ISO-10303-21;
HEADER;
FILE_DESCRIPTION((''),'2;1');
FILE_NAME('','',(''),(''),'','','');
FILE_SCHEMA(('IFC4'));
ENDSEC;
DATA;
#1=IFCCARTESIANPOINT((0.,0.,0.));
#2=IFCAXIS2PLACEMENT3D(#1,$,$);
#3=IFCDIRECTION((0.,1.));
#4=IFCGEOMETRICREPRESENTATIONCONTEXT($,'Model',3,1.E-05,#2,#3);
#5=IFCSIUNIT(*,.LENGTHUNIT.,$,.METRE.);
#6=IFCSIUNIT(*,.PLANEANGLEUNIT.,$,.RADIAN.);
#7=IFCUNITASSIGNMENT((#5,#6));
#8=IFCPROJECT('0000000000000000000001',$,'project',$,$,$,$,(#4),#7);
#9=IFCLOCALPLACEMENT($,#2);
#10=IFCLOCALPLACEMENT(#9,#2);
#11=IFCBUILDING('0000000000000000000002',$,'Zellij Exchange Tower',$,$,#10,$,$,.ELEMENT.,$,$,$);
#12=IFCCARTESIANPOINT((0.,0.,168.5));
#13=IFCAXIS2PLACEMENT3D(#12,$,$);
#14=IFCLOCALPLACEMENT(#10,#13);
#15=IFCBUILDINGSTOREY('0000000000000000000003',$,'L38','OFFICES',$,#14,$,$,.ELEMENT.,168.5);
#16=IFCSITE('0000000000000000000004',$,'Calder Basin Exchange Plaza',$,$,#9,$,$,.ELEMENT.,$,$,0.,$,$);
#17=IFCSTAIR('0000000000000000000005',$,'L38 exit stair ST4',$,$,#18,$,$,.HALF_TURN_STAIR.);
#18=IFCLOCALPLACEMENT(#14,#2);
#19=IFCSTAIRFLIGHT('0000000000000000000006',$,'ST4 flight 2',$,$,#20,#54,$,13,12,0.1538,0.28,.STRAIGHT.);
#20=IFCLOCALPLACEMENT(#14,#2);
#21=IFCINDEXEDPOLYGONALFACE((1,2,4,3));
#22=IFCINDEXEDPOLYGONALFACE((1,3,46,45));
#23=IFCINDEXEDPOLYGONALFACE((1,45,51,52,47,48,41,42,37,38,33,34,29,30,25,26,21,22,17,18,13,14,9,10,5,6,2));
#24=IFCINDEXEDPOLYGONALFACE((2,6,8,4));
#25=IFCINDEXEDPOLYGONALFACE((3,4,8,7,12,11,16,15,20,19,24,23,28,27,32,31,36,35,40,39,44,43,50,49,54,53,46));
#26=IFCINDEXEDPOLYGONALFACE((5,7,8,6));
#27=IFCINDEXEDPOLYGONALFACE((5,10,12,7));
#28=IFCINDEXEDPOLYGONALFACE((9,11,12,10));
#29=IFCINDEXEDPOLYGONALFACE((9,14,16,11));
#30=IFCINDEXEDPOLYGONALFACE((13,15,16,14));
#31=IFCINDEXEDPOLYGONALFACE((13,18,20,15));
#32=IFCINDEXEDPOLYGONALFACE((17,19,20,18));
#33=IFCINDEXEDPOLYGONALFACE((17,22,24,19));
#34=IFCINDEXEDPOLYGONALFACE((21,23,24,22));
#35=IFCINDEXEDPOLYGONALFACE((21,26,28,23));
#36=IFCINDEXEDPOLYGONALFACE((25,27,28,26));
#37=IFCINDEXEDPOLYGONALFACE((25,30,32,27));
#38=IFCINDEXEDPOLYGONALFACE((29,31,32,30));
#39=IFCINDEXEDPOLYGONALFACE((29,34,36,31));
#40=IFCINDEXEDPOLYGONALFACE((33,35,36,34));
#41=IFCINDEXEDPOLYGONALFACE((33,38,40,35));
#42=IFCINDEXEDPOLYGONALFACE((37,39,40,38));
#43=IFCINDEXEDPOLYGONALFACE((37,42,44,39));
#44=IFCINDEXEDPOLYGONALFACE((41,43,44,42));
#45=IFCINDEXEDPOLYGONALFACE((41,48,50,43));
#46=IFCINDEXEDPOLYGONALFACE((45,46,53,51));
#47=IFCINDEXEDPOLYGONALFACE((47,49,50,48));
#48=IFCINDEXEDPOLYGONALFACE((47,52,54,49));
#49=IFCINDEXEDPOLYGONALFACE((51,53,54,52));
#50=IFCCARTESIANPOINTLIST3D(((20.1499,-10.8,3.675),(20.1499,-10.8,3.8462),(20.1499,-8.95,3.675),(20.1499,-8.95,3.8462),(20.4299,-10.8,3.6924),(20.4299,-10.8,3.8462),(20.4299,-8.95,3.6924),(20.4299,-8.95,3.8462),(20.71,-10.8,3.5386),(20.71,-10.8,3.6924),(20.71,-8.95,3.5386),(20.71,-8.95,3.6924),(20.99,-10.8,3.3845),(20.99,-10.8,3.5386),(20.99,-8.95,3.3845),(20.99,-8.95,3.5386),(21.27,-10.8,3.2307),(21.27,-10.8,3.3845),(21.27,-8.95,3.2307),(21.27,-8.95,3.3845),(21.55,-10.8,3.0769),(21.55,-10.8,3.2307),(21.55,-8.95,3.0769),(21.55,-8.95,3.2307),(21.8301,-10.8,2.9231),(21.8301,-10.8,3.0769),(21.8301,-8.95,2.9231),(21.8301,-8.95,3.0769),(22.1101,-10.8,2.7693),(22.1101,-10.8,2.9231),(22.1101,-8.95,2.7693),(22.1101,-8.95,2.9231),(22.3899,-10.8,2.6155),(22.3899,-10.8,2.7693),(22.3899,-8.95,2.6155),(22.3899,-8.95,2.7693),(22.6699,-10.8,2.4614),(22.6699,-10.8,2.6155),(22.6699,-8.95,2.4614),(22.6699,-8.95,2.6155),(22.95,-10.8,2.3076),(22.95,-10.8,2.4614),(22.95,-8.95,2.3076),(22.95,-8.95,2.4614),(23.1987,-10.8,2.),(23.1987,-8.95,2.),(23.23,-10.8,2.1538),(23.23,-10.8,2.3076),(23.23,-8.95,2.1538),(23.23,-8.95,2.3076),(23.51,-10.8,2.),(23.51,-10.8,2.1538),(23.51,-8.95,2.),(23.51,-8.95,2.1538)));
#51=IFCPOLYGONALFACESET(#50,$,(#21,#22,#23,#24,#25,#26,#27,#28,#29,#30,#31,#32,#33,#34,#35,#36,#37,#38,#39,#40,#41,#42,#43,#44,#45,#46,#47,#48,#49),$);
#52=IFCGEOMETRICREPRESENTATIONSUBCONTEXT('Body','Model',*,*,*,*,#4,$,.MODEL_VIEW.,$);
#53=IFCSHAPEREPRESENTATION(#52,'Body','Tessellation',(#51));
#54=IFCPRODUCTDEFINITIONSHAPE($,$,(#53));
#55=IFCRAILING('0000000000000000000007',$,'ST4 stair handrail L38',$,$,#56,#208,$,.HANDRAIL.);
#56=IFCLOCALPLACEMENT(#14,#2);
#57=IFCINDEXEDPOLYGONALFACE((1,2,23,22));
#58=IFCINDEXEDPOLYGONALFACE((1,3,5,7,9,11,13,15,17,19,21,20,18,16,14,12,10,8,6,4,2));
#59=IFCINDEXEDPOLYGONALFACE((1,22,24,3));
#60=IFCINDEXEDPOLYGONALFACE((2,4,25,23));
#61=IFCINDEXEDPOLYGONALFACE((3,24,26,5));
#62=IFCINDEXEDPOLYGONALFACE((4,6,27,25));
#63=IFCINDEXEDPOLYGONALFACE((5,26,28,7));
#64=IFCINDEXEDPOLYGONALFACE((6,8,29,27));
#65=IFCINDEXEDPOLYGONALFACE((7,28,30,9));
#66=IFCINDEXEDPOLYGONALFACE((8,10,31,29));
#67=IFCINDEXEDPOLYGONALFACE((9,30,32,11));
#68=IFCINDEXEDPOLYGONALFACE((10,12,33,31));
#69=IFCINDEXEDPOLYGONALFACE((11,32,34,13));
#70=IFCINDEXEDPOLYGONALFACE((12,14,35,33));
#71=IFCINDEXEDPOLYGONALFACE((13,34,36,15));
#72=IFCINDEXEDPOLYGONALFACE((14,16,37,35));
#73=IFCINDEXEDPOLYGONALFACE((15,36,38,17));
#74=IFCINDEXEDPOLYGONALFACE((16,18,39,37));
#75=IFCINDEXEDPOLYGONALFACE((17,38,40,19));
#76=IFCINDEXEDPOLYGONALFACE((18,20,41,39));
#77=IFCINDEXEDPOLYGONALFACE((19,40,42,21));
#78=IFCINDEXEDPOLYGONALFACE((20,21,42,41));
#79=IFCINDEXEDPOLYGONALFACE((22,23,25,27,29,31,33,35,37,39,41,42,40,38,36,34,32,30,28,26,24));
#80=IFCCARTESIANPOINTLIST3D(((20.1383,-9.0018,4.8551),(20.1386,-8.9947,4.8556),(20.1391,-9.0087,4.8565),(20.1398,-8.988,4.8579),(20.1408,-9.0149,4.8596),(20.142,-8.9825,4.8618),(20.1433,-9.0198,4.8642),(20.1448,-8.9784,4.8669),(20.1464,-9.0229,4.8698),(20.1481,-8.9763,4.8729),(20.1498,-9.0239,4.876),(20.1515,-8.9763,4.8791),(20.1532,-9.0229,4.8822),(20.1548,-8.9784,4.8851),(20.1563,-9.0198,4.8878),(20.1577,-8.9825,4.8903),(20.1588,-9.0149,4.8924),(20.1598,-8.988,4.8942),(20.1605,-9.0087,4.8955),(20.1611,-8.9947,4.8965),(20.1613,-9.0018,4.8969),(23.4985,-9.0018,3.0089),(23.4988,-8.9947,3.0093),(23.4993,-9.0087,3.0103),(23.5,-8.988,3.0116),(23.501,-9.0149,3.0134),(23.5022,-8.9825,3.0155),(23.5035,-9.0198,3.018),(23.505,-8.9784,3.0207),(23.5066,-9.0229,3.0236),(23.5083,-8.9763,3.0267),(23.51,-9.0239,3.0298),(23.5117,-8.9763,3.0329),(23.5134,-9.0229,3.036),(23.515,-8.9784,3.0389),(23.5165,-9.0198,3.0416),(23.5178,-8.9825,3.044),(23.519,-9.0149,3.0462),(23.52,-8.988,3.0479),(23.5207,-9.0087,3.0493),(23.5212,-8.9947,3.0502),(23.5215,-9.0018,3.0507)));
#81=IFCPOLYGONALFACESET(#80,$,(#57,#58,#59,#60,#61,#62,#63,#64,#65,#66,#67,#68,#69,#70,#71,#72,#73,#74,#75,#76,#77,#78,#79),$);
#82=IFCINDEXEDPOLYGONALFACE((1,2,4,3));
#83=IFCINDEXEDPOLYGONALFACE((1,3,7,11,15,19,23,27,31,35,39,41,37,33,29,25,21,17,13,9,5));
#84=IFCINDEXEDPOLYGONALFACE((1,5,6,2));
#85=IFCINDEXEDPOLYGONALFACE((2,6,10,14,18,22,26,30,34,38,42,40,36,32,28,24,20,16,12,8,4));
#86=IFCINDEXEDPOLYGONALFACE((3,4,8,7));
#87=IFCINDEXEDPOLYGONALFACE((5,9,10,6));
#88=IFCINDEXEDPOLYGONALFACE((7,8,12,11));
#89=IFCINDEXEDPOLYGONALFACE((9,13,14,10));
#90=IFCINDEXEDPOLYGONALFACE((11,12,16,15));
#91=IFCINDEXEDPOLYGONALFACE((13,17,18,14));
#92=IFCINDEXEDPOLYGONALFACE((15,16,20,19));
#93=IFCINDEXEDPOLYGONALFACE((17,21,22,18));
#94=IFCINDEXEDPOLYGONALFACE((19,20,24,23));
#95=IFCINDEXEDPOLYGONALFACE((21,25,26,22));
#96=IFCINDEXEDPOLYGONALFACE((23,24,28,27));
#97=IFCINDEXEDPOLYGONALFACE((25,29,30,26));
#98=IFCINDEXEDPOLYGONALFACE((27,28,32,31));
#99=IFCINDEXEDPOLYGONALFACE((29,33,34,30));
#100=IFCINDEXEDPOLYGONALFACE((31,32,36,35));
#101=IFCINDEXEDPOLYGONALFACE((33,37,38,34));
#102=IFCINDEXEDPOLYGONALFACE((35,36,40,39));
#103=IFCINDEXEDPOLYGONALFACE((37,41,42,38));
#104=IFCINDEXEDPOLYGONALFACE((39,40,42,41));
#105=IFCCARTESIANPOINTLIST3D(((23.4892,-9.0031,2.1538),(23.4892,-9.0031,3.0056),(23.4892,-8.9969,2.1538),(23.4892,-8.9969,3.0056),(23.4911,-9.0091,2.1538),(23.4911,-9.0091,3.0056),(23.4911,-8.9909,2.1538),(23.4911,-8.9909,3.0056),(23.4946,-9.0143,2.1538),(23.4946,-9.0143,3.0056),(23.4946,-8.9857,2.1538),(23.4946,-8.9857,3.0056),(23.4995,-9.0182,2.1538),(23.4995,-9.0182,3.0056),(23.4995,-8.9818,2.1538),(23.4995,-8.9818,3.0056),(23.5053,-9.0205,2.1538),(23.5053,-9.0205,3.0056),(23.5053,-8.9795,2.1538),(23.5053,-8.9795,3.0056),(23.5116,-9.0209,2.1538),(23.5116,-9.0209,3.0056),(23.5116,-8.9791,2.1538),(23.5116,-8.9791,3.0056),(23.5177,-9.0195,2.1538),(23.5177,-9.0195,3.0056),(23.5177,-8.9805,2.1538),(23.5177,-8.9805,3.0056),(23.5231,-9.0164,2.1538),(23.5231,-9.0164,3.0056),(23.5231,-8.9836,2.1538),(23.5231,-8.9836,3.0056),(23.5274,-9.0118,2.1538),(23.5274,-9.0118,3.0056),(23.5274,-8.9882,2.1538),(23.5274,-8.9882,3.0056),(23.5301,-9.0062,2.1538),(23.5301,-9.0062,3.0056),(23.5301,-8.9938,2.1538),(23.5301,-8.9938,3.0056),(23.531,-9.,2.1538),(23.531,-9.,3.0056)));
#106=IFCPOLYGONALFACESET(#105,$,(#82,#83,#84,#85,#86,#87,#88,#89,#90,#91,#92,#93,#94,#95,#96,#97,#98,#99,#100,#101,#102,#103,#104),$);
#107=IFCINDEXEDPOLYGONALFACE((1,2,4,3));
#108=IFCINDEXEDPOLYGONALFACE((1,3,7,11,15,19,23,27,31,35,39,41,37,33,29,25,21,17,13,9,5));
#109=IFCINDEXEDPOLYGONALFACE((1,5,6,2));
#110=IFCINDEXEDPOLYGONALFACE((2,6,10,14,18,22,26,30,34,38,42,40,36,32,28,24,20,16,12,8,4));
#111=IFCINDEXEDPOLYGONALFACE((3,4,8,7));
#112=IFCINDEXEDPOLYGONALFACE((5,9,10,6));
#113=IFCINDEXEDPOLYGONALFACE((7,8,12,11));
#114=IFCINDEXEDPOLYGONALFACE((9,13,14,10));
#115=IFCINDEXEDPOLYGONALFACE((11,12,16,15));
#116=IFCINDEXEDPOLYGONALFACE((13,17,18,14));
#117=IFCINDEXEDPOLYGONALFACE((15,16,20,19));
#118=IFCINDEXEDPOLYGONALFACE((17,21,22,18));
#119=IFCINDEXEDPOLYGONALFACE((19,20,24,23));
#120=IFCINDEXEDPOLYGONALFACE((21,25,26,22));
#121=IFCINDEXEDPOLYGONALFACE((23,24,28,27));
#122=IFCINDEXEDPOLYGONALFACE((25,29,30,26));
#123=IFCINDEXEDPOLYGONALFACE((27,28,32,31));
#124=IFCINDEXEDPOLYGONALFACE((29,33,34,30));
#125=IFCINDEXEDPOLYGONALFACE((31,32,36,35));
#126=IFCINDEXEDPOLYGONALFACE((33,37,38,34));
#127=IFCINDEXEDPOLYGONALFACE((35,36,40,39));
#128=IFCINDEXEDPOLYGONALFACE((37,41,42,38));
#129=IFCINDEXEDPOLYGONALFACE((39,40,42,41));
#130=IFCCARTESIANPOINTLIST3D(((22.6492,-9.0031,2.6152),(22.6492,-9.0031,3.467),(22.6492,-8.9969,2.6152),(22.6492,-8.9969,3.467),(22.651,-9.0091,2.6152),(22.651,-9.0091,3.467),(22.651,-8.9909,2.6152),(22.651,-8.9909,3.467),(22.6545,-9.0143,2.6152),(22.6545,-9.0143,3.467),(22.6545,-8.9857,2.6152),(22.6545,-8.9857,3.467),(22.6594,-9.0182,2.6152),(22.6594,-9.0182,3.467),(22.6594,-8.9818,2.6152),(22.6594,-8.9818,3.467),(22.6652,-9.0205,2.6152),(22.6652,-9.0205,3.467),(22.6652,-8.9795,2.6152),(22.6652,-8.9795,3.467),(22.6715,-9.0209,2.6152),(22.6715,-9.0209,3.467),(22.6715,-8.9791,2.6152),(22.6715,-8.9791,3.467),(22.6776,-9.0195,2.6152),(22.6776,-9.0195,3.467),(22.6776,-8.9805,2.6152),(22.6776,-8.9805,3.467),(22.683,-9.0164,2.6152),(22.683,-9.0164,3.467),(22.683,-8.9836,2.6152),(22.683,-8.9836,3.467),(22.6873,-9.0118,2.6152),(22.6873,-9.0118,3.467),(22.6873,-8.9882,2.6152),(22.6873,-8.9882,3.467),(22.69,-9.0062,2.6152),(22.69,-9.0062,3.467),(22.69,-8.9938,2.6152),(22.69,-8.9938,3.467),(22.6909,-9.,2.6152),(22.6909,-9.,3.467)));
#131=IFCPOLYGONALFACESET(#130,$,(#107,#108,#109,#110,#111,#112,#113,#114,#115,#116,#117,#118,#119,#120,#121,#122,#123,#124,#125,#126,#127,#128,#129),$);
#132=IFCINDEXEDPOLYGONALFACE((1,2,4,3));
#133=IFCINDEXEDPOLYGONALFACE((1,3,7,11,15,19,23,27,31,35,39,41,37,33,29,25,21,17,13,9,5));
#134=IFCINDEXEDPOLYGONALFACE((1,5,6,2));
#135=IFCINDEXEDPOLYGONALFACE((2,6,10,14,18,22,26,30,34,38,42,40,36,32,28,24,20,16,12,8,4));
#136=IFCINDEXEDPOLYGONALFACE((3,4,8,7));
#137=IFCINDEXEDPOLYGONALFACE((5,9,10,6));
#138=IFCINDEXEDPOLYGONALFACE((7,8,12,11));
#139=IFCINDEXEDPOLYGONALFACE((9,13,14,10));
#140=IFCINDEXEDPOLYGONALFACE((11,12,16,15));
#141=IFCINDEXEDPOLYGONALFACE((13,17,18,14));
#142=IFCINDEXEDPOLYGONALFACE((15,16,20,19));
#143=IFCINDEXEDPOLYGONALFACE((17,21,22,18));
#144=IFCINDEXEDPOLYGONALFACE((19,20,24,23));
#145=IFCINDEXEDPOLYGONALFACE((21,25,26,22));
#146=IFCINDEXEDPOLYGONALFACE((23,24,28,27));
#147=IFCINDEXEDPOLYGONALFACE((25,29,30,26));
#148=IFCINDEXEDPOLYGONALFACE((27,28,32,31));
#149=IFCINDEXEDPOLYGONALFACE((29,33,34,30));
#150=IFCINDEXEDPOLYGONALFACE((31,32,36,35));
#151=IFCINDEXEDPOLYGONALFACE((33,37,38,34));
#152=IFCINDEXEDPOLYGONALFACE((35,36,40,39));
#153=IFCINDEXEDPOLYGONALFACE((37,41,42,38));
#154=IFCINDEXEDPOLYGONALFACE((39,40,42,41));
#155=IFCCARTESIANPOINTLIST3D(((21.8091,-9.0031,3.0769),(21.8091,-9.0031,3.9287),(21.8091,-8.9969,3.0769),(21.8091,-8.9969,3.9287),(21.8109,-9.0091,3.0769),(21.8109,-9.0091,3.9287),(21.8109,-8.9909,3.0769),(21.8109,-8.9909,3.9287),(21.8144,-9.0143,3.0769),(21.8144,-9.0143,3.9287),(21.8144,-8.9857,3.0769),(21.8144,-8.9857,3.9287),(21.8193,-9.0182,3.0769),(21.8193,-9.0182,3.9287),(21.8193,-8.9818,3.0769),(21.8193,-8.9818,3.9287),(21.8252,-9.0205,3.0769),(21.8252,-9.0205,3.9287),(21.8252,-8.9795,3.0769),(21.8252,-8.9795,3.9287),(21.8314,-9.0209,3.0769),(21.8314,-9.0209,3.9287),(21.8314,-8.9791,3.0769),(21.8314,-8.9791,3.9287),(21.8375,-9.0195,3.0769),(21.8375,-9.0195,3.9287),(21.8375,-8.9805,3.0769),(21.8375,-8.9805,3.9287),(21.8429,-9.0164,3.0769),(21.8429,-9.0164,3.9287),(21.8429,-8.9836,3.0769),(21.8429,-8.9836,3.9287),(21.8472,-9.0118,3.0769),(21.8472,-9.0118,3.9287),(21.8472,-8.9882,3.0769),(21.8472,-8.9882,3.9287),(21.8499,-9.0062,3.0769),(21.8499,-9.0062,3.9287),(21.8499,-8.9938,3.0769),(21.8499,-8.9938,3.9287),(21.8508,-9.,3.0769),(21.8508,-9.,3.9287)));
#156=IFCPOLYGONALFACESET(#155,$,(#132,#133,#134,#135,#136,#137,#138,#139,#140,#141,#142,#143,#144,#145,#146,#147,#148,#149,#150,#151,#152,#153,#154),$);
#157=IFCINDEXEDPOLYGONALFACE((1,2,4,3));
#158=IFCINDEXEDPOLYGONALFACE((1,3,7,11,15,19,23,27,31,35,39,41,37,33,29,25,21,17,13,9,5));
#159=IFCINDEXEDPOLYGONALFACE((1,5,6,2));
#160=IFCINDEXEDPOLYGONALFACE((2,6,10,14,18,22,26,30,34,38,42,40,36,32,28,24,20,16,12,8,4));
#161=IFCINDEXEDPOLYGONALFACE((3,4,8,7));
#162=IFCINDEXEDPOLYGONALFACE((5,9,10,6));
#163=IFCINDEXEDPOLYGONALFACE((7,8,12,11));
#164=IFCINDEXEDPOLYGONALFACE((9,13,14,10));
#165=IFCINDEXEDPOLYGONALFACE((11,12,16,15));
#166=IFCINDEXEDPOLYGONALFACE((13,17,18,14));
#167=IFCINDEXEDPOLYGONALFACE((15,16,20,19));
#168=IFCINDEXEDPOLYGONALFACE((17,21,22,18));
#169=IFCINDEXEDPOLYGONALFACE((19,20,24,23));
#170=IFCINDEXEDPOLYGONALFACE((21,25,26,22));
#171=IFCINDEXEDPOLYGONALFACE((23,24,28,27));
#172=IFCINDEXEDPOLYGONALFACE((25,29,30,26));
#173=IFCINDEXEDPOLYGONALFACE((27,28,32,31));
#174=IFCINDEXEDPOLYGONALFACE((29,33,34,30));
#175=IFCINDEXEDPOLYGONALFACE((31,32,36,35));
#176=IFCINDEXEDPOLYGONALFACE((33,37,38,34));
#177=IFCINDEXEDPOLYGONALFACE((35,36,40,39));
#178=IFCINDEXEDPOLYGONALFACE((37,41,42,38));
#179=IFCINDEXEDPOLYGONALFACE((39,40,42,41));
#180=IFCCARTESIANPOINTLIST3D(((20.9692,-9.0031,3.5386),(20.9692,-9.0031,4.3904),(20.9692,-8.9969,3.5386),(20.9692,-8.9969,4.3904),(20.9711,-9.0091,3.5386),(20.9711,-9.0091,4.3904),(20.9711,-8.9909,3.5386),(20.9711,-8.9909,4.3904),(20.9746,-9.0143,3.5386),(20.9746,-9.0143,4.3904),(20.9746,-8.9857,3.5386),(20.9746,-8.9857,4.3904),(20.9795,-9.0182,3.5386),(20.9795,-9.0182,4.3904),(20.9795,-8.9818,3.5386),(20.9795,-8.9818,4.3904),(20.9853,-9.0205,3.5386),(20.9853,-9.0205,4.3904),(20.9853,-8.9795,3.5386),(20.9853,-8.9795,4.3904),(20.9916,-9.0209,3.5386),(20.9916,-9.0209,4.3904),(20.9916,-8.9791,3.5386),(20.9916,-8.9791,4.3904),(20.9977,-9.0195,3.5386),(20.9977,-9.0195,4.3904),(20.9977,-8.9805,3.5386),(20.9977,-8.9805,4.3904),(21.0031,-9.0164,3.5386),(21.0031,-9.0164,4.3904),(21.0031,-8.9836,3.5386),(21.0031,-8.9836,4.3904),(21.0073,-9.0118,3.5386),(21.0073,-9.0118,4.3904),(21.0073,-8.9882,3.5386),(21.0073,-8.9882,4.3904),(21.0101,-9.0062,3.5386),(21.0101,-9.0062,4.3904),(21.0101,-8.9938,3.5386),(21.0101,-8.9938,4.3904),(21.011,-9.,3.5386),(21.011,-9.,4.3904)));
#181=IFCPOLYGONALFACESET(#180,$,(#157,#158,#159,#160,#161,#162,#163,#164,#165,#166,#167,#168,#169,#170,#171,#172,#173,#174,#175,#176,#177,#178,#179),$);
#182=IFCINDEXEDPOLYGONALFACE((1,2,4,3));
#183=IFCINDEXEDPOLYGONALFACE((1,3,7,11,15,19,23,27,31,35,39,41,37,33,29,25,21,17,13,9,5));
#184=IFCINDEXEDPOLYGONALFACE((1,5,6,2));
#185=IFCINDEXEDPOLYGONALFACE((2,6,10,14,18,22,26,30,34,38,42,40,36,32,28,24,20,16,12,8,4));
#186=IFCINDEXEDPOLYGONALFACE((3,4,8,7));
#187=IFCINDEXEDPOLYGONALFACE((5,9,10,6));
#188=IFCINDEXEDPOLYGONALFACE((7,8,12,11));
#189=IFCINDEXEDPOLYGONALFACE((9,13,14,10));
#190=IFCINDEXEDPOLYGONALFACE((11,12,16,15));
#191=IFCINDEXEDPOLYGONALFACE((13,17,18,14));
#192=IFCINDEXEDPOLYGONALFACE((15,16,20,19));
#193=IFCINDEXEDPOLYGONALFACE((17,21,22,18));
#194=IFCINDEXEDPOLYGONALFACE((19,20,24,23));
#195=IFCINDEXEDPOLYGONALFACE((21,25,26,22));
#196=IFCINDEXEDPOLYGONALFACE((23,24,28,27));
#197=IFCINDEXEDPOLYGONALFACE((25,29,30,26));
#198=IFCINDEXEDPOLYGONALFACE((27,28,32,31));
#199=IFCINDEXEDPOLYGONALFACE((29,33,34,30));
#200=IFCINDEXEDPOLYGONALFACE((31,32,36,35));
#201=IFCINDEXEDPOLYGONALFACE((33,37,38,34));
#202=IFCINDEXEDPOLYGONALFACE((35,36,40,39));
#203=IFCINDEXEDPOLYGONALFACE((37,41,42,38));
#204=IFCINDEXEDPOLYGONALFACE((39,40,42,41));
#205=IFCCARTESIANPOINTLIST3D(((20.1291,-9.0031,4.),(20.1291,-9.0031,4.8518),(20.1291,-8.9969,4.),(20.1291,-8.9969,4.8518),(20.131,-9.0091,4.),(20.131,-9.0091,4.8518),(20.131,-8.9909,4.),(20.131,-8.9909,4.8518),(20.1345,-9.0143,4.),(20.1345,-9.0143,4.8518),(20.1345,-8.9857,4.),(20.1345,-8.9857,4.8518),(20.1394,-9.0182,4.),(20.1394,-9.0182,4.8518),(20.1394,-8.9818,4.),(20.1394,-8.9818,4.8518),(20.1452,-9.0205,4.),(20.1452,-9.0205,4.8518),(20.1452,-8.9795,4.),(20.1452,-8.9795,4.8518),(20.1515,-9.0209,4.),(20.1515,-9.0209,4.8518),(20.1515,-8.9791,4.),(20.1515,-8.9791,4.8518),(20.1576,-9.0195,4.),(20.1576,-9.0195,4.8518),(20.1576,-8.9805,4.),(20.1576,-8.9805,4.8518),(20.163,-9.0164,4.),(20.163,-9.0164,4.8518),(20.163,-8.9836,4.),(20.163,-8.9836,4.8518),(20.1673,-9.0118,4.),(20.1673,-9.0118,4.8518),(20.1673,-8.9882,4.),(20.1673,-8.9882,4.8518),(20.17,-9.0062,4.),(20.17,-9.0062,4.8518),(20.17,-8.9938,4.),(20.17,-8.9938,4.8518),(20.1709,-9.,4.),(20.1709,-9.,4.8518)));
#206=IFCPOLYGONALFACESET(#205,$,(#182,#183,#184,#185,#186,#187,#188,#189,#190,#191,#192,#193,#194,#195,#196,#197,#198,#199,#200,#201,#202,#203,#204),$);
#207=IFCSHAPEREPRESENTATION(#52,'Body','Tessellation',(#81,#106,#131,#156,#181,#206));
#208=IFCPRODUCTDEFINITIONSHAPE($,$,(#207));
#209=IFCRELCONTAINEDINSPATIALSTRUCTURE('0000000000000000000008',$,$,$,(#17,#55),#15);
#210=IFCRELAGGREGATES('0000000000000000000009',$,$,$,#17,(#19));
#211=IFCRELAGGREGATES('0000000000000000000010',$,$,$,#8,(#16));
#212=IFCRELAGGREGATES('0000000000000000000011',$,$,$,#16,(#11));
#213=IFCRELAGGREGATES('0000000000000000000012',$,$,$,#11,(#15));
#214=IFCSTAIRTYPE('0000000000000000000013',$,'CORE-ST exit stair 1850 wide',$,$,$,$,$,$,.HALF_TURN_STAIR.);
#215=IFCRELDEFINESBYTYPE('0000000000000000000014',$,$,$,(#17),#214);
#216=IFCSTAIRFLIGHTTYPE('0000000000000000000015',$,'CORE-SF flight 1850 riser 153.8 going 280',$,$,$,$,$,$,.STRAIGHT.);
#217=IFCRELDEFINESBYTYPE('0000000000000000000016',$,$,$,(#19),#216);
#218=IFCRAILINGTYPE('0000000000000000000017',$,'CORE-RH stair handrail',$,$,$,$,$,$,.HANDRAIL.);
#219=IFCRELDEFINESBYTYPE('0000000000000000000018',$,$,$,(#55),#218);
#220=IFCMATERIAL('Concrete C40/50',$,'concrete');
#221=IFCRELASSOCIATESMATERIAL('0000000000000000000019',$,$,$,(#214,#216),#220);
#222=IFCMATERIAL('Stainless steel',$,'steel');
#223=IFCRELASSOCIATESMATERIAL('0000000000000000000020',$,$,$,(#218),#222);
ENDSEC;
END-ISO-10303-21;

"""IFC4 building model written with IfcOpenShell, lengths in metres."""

from ifc_helpers import new_model, si_unit, direction, frame, origin, origin_2d, place, context, subcontext, project, spatial, polyline, circle, outline, extrude, material, type_object, element, aggregate, save


model = new_model("IFC4")

# Units and contexts
model_context = context("Model", 3, precision=1e-05, world=origin(), true_north=direction((0.0, 1.0)))
body_context = subcontext(model_context, "Body", "Model", "MODEL_VIEW")
ifc_project = project(units=[si_unit("LENGTHUNIT", "METRE"), si_unit("PLANEANGLEUNIT", "RADIAN")], contexts=[model_context])

# Site, building, storey
site_placement = place(None, origin())
site = spatial("IfcSite", under=ifc_project, at=site_placement, Name="Calder Basin Exchange Plaza", CompositionType="ELEMENT", RefElevation=0.0)
building_placement = place(site_placement, origin())
building = spatial("IfcBuilding", under=site, at=building_placement, Name="Zellij Exchange Tower", CompositionType="ELEMENT")
storey_placement = place(building_placement, frame((0.0, 0.0, 168.5)))
storey = spatial("IfcBuildingStorey", under=building, at=storey_placement, Name="L38", Description="OFFICES", CompositionType="ELEMENT", Elevation=168.5)

# Stair, stair flight
ifc_material_1 = material(Name="Concrete C40/50", Category="concrete")
stair_type = type_object("IfcStairType", Name="CORE-ST exit stair 1850 wide", PredefinedType="HALF_TURN_STAIR", material=ifc_material_1)
stair_placement = place(storey_placement, origin())
stair = element("IfcStair", 1, at=stair_placement, inside=storey, type_object=stair_type, Name="L38 exit stair ST4", PredefinedType="HALF_TURN_STAIR")
stair_flight_type = type_object("IfcStairFlightType", Name="CORE-SF flight 1850 riser 153.8 going 280", PredefinedType="STRAIGHT", material=ifc_material_1)
stair_flight_placement = place(storey_placement, frame((23.51, -9.875, 2.0), z_axis=(0.0, 0.0, 1.0), x_axis=(-1.0, 0.0, 0.0)))
stair_flight = element("IfcStairFlight", 2, at=stair_flight_placement, type_object=stair_flight_type, Name="ST4 flight 2", NumberOfRisers=13, NumberOfTreads=12, PredefinedType="STRAIGHT", RiserHeight=0.1538, TreadLength=0.28, context=body_context, shape_type="SweptSolid", body=[
    extrude(outline(polyline([(0.0, 0.0), (0.0, 0.1538), (0.28, 0.1538), (0.28, 0.3076), (0.5601, 0.3076), (0.5601, 0.4614), (0.8401, 0.4614), (0.8401, 0.6155), (1.1201, 0.6155), (1.1201, 0.7693), (1.3999, 0.7693), (1.3999, 0.9231), (1.6799, 0.9231), (1.6799, 1.0769), (1.96, 1.0769), (1.96, 1.2307), (2.24, 1.2307), (2.24, 1.3845), (2.52, 1.3845), (2.52, 1.5386), (2.8, 1.5386), (2.8, 1.6924), (3.0801, 1.6924), (3.0801, 1.8462), (3.3601, 1.8462), (3.3601, 2.0), (3.3601, 1.675), (0.3113, 0.0), (0.0, 0.0)])), frame((0.0, 0.925, 0.0), z_axis=(0.0, -1.0, 0.0), x_axis=(1.0, 0.0, 0.0)), (0.0, 0.0, 1.0), 1.8501),
])
aggregate(stair, [stair_flight])

# Railing
ifc_material_2 = material(Name="Stainless steel", Category="steel")
railing_type = type_object("IfcRailingType", Name="CORE-RH stair handrail", PredefinedType="HANDRAIL", material=ifc_material_2)
railing_placement = place(storey_placement, frame((23.51, -9.0, 2.1538)))
element("IfcRailing", 3, at=railing_placement, inside=storey, type_object=railing_type, Name="ST4 stair handrail L38", PredefinedType="HANDRAIL", context=body_context, shape_type="SweptSolid", body=[
    extrude(circle(Radius=0.0239, at=origin_2d()), frame((0.0, 0.0, 0.876), z_axis=(-0.876422, 0.0, 0.481545), x_axis=(0.0, -1.0, 0.0)), (0.0, 0.0, 1.0), 3.834),
    extrude(circle(Radius=0.021, at=origin_2d()), origin(), (0.0, 0.0, 1.0), 0.8518),
    extrude(circle(Radius=0.021, at=origin_2d()), frame((-0.8401, 0.0, 0.4614)), (0.0, 0.0, 1.0), 0.8518),
    extrude(circle(Radius=0.021, at=origin_2d()), frame((-1.6802, 0.0, 0.9231)), (0.0, 0.0, 1.0), 0.8518),
    extrude(circle(Radius=0.021, at=origin_2d()), frame((-2.52, 0.0, 1.3848)), (0.0, 0.0, 1.0), 0.8518),
    extrude(circle(Radius=0.021, at=origin_2d()), frame((-3.3601, 0.0, 1.8462)), (0.0, 0.0, 1.0), 0.8518),
])

save(model, "model.ifc")
